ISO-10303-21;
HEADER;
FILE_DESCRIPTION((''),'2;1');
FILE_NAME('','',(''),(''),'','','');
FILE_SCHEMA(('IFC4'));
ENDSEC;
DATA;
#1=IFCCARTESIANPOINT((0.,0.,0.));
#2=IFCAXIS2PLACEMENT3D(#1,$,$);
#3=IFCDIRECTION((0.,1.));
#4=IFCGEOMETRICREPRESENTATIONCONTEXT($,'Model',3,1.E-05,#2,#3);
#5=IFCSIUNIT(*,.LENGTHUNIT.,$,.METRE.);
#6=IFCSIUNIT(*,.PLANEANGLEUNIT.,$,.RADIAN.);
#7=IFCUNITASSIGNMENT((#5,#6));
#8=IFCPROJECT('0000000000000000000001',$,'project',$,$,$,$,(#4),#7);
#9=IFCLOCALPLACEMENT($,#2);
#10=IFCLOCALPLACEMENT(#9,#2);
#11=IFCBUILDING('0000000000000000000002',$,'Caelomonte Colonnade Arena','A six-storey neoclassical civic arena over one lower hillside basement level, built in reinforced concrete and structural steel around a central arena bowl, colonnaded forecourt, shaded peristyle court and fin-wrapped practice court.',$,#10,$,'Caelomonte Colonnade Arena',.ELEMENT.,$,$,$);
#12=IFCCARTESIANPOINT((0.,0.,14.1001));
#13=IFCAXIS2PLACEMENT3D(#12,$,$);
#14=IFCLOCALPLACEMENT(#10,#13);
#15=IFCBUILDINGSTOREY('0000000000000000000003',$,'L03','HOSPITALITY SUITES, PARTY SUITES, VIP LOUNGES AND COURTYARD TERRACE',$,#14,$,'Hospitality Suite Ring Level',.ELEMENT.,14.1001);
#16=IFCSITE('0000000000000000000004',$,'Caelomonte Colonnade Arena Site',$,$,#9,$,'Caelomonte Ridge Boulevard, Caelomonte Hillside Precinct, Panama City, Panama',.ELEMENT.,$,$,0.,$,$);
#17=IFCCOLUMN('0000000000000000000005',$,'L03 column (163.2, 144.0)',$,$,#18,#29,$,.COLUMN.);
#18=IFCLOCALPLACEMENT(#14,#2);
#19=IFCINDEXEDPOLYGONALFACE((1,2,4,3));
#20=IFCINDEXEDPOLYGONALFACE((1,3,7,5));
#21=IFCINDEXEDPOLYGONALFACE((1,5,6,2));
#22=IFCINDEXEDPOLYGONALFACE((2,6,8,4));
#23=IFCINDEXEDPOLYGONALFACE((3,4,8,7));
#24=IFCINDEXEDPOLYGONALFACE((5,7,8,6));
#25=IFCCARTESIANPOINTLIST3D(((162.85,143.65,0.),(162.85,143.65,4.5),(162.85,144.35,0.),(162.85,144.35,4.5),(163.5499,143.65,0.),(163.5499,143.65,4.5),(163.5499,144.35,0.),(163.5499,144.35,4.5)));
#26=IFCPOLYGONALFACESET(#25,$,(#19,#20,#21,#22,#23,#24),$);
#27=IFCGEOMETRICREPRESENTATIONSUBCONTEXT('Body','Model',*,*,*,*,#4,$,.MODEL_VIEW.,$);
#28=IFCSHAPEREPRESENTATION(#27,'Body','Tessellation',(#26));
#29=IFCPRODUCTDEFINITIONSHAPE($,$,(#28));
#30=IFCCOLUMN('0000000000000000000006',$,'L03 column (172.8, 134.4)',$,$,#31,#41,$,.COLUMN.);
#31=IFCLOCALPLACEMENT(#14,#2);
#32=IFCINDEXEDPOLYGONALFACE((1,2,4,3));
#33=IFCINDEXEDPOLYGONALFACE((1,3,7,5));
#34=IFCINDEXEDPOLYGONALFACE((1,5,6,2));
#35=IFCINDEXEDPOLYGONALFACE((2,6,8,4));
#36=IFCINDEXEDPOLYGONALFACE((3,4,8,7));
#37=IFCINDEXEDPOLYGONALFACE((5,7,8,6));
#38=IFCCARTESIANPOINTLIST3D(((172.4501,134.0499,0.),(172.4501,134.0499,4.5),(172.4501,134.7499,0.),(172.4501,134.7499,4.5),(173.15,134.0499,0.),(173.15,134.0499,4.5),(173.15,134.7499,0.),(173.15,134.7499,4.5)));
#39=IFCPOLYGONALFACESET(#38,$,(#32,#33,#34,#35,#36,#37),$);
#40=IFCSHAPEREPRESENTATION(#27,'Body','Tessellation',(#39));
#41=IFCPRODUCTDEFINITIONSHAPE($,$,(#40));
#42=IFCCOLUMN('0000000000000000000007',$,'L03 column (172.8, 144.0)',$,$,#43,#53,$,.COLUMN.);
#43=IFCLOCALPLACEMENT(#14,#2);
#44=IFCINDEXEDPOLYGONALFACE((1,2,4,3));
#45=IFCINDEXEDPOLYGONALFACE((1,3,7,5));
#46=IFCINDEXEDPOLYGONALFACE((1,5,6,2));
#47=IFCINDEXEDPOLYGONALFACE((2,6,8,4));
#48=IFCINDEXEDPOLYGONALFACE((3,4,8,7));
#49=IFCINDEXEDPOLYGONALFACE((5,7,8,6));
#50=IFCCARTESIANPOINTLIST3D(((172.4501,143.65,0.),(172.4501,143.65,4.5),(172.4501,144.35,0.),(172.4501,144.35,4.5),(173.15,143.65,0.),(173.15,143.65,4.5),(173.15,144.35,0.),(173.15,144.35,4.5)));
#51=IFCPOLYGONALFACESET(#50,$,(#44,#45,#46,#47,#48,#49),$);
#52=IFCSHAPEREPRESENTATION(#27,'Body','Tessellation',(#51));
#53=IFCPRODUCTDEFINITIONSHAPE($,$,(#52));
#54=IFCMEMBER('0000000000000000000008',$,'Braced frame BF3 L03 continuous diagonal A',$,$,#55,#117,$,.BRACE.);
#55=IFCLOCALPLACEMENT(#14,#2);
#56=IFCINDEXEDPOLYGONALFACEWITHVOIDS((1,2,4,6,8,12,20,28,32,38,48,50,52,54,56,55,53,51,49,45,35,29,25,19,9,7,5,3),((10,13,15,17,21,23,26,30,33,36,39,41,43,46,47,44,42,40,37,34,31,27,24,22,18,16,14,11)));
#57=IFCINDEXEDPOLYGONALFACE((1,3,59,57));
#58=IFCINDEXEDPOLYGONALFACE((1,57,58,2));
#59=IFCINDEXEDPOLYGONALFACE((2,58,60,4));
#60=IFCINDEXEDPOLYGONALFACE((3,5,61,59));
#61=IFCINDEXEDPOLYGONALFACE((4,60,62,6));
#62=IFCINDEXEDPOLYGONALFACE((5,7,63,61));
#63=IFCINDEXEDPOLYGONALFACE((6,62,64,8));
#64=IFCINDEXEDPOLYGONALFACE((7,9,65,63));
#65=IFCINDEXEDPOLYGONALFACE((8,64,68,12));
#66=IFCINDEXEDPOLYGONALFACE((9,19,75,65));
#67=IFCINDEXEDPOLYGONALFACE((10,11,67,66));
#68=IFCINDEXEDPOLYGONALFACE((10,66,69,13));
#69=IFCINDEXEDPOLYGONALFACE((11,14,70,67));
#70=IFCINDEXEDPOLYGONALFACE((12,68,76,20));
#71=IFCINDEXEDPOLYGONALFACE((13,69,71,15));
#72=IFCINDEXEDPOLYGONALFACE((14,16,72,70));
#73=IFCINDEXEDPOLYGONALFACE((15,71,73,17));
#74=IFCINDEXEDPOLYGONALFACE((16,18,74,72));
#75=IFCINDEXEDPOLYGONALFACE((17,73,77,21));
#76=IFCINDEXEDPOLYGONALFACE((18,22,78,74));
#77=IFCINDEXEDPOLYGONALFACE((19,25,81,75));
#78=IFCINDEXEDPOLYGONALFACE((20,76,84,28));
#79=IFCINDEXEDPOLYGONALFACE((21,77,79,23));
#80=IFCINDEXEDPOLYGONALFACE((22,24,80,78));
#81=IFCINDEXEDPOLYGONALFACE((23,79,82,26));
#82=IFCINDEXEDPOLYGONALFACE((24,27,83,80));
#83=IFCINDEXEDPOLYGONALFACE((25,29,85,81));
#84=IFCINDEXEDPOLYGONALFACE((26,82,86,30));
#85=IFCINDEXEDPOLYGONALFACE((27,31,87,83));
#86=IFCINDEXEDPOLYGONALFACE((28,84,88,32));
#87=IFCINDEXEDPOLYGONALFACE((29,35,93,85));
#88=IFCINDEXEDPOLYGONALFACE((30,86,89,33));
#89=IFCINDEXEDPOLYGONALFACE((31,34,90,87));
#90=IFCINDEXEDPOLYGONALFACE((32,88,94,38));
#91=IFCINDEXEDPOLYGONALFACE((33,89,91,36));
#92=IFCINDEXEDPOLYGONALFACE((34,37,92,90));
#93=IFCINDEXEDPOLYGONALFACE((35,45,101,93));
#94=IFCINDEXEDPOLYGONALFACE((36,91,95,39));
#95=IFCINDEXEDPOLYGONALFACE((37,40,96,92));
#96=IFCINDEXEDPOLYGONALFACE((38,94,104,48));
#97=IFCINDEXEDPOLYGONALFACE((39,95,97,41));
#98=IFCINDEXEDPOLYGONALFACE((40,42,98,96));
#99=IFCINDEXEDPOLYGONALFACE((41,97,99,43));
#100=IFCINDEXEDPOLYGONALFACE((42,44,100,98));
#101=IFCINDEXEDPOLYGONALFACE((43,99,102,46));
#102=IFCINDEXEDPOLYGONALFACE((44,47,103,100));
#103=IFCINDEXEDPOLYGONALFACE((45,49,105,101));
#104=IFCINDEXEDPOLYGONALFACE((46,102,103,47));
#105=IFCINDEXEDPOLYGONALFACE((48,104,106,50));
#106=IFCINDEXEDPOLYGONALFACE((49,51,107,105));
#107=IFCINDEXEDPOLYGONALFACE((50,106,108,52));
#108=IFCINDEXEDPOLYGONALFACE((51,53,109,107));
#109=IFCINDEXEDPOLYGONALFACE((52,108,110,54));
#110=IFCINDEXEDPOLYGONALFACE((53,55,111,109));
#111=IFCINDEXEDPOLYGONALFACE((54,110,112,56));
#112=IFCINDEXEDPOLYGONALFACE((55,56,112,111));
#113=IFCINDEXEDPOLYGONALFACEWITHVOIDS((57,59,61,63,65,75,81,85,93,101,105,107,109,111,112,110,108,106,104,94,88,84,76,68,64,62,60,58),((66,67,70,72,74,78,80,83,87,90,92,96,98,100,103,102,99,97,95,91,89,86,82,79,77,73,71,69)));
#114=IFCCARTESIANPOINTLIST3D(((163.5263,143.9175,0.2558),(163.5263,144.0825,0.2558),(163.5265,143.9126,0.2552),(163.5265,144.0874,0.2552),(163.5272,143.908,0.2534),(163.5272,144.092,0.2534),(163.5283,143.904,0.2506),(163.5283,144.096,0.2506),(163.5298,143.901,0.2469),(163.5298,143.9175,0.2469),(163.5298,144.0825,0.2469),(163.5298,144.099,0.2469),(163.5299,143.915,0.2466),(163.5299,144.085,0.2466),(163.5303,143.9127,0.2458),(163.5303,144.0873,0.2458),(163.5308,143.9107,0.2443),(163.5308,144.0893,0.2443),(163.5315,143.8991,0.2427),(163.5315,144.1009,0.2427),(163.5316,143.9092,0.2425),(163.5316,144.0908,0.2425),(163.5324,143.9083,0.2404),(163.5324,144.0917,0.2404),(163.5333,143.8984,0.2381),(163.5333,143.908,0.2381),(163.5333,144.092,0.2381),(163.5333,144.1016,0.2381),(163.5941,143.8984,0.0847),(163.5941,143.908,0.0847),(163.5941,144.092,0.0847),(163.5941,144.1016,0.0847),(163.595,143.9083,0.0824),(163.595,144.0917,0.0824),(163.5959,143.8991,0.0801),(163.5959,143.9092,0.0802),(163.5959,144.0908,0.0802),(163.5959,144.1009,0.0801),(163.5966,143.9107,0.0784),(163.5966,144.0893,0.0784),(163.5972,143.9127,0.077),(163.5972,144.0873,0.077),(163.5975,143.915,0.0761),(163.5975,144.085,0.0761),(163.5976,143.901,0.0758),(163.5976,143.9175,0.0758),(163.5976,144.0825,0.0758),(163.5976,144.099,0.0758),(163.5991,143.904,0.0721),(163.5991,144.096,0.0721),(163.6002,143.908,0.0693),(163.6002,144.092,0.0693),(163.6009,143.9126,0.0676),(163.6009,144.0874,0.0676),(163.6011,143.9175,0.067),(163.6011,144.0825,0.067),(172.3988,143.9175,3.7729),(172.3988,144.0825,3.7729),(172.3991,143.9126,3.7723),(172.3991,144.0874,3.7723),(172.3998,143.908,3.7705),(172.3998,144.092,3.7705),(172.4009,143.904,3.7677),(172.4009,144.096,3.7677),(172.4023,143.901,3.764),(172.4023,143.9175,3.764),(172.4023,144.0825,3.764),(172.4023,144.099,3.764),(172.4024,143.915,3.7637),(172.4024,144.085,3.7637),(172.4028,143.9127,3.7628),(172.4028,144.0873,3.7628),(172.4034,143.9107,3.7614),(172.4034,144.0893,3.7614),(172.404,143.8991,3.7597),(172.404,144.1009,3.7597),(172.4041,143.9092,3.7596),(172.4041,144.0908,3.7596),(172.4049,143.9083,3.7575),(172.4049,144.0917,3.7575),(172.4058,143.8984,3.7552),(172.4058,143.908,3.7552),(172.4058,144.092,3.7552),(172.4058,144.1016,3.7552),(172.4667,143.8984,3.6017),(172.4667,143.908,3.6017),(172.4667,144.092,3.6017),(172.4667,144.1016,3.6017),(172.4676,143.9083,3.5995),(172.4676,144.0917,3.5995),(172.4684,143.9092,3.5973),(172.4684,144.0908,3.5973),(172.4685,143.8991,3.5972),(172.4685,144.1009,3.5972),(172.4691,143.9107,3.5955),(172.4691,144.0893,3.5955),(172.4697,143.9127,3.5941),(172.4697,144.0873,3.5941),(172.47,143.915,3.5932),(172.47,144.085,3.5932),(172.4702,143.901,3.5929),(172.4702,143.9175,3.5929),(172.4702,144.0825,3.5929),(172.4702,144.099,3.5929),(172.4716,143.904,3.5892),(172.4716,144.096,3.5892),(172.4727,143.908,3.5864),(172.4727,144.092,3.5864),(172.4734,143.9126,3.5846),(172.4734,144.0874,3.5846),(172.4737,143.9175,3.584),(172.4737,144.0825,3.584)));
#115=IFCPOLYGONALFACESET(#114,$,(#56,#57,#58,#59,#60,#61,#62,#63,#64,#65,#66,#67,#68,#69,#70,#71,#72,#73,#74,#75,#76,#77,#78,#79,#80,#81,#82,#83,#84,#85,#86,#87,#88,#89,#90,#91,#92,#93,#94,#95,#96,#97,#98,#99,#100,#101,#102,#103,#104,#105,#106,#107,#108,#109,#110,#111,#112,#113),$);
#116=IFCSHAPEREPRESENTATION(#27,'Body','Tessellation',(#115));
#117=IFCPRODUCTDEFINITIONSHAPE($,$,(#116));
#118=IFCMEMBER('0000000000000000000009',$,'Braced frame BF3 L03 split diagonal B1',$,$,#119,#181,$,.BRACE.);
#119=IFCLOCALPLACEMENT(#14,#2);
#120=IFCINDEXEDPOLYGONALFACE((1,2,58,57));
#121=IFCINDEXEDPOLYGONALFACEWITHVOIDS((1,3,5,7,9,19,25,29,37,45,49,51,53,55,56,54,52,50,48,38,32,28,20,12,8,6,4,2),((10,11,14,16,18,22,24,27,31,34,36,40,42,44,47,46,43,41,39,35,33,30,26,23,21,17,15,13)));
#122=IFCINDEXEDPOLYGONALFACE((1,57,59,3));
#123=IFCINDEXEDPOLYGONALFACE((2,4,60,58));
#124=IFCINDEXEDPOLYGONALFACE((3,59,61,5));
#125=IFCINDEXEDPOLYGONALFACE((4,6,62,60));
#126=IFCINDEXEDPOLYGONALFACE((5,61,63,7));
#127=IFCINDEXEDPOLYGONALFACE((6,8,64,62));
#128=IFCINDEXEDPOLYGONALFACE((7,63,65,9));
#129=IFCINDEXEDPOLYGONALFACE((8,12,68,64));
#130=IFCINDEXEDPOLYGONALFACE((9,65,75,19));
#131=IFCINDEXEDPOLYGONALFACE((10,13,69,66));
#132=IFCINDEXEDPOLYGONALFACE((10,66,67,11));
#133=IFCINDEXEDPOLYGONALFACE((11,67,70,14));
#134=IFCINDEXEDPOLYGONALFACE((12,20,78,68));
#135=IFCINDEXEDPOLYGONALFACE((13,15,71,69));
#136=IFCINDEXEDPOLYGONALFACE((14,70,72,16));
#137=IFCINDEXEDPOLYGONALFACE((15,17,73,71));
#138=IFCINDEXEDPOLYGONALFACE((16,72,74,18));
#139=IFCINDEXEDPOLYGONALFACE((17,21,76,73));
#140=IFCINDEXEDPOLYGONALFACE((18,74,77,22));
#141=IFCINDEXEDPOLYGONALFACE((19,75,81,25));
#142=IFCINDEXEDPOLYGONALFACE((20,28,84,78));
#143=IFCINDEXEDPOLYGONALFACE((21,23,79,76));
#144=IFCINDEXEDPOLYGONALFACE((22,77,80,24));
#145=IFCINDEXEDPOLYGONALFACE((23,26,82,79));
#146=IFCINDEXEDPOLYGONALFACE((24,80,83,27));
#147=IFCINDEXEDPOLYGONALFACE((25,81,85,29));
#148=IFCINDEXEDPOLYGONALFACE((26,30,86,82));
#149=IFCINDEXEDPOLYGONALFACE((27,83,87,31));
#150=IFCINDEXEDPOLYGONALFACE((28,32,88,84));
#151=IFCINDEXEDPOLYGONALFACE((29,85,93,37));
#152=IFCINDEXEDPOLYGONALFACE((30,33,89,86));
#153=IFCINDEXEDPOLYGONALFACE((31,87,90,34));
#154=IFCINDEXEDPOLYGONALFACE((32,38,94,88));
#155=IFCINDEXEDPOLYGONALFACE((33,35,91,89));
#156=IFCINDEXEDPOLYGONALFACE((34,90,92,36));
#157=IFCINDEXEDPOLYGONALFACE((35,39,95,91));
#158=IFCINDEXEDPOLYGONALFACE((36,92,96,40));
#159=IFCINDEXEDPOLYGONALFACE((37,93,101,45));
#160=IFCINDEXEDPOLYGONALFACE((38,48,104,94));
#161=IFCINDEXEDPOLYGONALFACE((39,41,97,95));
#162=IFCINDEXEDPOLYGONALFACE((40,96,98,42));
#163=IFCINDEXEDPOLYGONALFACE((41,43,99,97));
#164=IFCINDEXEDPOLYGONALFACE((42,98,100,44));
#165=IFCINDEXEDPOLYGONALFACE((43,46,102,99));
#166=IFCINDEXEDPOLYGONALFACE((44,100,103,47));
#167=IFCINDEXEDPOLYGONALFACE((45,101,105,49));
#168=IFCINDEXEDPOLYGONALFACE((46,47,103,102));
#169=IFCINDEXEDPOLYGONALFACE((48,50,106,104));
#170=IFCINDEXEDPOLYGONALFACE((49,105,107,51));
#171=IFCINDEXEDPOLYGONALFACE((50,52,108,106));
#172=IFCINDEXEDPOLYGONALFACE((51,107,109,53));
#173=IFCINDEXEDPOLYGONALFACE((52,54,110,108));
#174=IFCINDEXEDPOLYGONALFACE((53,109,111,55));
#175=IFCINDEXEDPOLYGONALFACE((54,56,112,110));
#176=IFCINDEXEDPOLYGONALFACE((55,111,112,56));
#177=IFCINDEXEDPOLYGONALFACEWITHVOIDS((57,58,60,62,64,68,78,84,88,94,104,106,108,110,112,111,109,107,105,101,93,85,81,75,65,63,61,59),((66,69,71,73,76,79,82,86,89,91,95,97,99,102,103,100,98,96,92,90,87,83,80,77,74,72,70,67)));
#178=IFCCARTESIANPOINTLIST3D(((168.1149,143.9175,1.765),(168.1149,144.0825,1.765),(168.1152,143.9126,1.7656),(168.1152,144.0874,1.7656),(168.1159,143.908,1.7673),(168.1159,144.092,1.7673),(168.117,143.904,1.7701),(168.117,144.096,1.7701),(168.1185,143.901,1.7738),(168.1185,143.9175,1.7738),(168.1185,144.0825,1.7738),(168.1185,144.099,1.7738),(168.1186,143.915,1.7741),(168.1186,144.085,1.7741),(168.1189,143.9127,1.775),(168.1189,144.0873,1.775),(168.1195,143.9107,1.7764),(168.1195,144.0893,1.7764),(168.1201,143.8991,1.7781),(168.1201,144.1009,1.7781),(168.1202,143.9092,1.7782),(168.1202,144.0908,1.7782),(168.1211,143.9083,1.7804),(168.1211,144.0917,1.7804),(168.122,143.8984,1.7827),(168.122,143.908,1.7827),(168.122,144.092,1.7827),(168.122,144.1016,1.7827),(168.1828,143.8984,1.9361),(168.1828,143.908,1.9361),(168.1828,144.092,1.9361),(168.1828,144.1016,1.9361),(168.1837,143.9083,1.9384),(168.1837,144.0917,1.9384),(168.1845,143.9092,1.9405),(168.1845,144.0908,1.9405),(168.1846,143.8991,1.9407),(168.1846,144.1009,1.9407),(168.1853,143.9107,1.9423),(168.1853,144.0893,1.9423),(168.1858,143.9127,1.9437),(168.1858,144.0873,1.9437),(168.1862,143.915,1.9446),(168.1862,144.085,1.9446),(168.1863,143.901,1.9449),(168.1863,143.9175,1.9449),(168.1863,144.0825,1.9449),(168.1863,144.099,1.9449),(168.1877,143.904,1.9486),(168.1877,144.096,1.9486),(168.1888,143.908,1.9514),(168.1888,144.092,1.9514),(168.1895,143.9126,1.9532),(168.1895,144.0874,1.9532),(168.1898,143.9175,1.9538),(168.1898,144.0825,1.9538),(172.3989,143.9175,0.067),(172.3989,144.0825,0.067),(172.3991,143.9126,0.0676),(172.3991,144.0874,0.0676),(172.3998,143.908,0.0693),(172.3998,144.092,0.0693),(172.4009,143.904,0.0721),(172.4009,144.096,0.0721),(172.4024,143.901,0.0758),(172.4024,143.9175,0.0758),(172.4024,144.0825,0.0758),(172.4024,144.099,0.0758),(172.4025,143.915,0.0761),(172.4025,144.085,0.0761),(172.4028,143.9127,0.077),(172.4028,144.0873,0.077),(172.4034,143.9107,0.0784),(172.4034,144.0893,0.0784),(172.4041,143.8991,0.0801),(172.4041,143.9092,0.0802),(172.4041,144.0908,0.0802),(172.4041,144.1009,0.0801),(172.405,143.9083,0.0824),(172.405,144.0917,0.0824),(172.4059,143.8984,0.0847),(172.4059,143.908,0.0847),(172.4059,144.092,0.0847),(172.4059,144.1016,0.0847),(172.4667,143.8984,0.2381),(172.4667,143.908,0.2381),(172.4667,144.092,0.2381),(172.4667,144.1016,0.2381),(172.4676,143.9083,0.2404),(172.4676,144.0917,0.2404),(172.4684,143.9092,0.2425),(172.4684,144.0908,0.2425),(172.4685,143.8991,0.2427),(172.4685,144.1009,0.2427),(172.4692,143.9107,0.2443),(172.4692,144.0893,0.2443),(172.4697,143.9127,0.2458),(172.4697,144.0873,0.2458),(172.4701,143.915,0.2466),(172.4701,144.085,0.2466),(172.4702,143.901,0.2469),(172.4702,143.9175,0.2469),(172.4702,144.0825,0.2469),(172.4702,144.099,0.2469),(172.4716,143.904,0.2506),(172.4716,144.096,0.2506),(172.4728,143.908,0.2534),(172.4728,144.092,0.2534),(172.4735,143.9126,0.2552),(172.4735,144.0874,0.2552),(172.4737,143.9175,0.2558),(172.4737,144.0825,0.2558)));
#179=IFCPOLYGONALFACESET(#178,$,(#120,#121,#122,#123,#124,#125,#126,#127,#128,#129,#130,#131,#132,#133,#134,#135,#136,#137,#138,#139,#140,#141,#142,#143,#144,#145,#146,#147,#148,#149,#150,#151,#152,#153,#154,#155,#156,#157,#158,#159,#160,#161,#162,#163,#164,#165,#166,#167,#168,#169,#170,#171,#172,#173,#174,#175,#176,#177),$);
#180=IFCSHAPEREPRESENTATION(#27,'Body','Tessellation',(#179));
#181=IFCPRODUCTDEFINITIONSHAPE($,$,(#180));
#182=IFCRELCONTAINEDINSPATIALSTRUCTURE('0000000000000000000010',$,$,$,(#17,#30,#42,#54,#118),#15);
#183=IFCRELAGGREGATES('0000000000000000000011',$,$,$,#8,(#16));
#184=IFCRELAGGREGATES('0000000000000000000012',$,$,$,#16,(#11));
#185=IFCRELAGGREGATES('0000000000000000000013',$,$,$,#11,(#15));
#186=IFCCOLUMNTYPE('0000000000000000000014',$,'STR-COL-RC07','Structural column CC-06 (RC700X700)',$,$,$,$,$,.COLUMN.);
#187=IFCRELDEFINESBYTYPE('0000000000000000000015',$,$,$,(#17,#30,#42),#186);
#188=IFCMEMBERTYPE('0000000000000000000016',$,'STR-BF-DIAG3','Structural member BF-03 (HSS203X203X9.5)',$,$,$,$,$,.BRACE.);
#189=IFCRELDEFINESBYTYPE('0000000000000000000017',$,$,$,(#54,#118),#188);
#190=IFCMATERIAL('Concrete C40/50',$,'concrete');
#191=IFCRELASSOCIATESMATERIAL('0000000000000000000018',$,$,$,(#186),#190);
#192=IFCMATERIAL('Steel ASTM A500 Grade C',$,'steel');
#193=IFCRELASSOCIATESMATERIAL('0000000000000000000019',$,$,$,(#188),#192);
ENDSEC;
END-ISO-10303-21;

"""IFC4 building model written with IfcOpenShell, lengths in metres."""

from ifc_helpers import new_model, si_unit, direction, frame, origin, origin_2d, place, context, subcontext, project, spatial, rectangle, hollow_rectangle, extrude, material, material_profile, profile_set, type_object, element, save


model = new_model("IFC4")

# Units and contexts
model_context = context("Model", 3, precision=1e-05, world=origin(), true_north=direction((0.0, 1.0)))
body_context = subcontext(model_context, "Body", "Model", "MODEL_VIEW")
ifc_project = project(units=[si_unit("LENGTHUNIT", "METRE"), si_unit("PLANEANGLEUNIT", "RADIAN")], contexts=[model_context])

# Site, building, storey
site_placement = place(None, origin())
site = spatial("IfcSite", under=ifc_project, at=site_placement, Name="Caelomonte Colonnade Arena Site", LongName="Caelomonte Ridge Boulevard, Caelomonte Hillside Precinct, Panama City, Panama", CompositionType="ELEMENT", RefElevation=0.0)
building_placement = place(site_placement, origin())
building = spatial("IfcBuilding", under=site, at=building_placement, Name="Caelomonte Colonnade Arena", Description="A six-storey neoclassical civic arena over one lower hillside basement level, built in reinforced concrete and structural steel around a central arena bowl, colonnaded forecourt, shaded peristyle court and fin-wrapped practice court.", LongName="Caelomonte Colonnade Arena", CompositionType="ELEMENT")
storey_placement = place(building_placement, frame((0.0, 0.0, 14.1001)))
storey = spatial("IfcBuildingStorey", under=building, at=storey_placement, Name="L03", Description="HOSPITALITY SUITES, PARTY SUITES, VIP LOUNGES AND COURTYARD TERRACE", LongName="Hospitality Suite Ring Level", CompositionType="ELEMENT", Elevation=14.1001)

# Columns
ifc_material_1 = material(Name="Concrete C40/50", Category="concrete")
ifc_material_profile_1 = material_profile(ifc_material_1, rectangle(XDim=0.7, YDim=0.7, at=origin_2d()), Name="RC700X700")
ifc_profile_set_1 = profile_set([ifc_material_profile_1], Name="Concrete C40/50")
column_type = type_object("IfcColumnType", Name="STR-COL-RC07", Description="Structural column CC-06 (RC700X700)", PredefinedType="COLUMN", material=ifc_profile_set_1)
for number, where, z_axis, x_axis, name in (
    (1, (163.2, 144.0, 0.0), (0.0, 0.0, 1.0), (1.0, 0.0, 0.0), "L03 column (163.2, 144.0)"),
    (2, (172.8, 134.3999, 0.0), (0.0, 0.0, 1.0), (1.0, 0.0, 0.0), "L03 column (172.8, 134.4)"),
    (3, (172.8, 144.0, 0.0), (0.0, 0.0, 1.0), (1.0, 0.0, 0.0), "L03 column (172.8, 144.0)"),
):
    element("IfcColumn", number, at=place(storey_placement, frame(where, z_axis=z_axis, x_axis=x_axis)), inside=storey, type_object=column_type, Name=name, PredefinedType="COLUMN", context=body_context, shape_type="SweptSolid", body=[
        extrude(rectangle(XDim=0.7, YDim=0.7, at=origin_2d()), origin(), (0.0, 0.0, 1.0), 4.5),
    ])

# Members
ifc_material_2 = material(Name="Steel ASTM A500 Grade C", Category="steel")
ifc_material_profile_2 = material_profile(ifc_material_2, hollow_rectangle(XDim=0.2031, YDim=0.2031, WallThickness=0.0095, InnerFilletRadius=0.0095, OuterFilletRadius=0.019, at=origin_2d()), Name="HSS203X203X9.5")
ifc_profile_set_2 = profile_set([ifc_material_profile_2], Name="Steel ASTM A500 Grade C")
member_type = type_object("IfcMemberType", Name="STR-BF-DIAG3", Description="Structural member BF-03 (HSS203X203X9.5)", PredefinedType="BRACE", material=ifc_profile_set_2)
member_placement = place(storey_placement, frame((163.5637, 144.0, 0.1614), z_axis=(0.929626, 0.0, 0.368505), x_axis=(0.0, 1.0, 0.0)))
element("IfcMember", 4, at=member_placement, inside=storey, type_object=member_type, Name="Braced frame BF3 L03 continuous diagonal A", PredefinedType="BRACE", context=body_context, shape_type="SweptSolid", body=[
    extrude(hollow_rectangle(XDim=0.2031, YDim=0.2031, WallThickness=0.0095, InnerFilletRadius=0.0095, OuterFilletRadius=0.019, at=origin_2d()), origin(), (0.0, 0.0, 1.0), 9.5442),
])
for number, where, z_axis, x_axis, name in (
    (5, (172.4363, 144.0, 0.1614), (-0.929638, 0.0, 0.368475), (0.0, -1.0, 0.0), "Braced frame BF3 L03 split diagonal B1"),
):
    element("IfcMember", number, at=place(storey_placement, frame(where, z_axis=z_axis, x_axis=x_axis)), inside=storey, type_object=member_type, Name=name, PredefinedType="BRACE", context=body_context, shape_type="SweptSolid", body=[
        extrude(hollow_rectangle(XDim=0.2031, YDim=0.2031, WallThickness=0.0095, InnerFilletRadius=0.0095, OuterFilletRadius=0.019, at=origin_2d()), origin(), (0.0, 0.0, 1.0), 4.6082),
    ])

save(model, "model.ifc")
